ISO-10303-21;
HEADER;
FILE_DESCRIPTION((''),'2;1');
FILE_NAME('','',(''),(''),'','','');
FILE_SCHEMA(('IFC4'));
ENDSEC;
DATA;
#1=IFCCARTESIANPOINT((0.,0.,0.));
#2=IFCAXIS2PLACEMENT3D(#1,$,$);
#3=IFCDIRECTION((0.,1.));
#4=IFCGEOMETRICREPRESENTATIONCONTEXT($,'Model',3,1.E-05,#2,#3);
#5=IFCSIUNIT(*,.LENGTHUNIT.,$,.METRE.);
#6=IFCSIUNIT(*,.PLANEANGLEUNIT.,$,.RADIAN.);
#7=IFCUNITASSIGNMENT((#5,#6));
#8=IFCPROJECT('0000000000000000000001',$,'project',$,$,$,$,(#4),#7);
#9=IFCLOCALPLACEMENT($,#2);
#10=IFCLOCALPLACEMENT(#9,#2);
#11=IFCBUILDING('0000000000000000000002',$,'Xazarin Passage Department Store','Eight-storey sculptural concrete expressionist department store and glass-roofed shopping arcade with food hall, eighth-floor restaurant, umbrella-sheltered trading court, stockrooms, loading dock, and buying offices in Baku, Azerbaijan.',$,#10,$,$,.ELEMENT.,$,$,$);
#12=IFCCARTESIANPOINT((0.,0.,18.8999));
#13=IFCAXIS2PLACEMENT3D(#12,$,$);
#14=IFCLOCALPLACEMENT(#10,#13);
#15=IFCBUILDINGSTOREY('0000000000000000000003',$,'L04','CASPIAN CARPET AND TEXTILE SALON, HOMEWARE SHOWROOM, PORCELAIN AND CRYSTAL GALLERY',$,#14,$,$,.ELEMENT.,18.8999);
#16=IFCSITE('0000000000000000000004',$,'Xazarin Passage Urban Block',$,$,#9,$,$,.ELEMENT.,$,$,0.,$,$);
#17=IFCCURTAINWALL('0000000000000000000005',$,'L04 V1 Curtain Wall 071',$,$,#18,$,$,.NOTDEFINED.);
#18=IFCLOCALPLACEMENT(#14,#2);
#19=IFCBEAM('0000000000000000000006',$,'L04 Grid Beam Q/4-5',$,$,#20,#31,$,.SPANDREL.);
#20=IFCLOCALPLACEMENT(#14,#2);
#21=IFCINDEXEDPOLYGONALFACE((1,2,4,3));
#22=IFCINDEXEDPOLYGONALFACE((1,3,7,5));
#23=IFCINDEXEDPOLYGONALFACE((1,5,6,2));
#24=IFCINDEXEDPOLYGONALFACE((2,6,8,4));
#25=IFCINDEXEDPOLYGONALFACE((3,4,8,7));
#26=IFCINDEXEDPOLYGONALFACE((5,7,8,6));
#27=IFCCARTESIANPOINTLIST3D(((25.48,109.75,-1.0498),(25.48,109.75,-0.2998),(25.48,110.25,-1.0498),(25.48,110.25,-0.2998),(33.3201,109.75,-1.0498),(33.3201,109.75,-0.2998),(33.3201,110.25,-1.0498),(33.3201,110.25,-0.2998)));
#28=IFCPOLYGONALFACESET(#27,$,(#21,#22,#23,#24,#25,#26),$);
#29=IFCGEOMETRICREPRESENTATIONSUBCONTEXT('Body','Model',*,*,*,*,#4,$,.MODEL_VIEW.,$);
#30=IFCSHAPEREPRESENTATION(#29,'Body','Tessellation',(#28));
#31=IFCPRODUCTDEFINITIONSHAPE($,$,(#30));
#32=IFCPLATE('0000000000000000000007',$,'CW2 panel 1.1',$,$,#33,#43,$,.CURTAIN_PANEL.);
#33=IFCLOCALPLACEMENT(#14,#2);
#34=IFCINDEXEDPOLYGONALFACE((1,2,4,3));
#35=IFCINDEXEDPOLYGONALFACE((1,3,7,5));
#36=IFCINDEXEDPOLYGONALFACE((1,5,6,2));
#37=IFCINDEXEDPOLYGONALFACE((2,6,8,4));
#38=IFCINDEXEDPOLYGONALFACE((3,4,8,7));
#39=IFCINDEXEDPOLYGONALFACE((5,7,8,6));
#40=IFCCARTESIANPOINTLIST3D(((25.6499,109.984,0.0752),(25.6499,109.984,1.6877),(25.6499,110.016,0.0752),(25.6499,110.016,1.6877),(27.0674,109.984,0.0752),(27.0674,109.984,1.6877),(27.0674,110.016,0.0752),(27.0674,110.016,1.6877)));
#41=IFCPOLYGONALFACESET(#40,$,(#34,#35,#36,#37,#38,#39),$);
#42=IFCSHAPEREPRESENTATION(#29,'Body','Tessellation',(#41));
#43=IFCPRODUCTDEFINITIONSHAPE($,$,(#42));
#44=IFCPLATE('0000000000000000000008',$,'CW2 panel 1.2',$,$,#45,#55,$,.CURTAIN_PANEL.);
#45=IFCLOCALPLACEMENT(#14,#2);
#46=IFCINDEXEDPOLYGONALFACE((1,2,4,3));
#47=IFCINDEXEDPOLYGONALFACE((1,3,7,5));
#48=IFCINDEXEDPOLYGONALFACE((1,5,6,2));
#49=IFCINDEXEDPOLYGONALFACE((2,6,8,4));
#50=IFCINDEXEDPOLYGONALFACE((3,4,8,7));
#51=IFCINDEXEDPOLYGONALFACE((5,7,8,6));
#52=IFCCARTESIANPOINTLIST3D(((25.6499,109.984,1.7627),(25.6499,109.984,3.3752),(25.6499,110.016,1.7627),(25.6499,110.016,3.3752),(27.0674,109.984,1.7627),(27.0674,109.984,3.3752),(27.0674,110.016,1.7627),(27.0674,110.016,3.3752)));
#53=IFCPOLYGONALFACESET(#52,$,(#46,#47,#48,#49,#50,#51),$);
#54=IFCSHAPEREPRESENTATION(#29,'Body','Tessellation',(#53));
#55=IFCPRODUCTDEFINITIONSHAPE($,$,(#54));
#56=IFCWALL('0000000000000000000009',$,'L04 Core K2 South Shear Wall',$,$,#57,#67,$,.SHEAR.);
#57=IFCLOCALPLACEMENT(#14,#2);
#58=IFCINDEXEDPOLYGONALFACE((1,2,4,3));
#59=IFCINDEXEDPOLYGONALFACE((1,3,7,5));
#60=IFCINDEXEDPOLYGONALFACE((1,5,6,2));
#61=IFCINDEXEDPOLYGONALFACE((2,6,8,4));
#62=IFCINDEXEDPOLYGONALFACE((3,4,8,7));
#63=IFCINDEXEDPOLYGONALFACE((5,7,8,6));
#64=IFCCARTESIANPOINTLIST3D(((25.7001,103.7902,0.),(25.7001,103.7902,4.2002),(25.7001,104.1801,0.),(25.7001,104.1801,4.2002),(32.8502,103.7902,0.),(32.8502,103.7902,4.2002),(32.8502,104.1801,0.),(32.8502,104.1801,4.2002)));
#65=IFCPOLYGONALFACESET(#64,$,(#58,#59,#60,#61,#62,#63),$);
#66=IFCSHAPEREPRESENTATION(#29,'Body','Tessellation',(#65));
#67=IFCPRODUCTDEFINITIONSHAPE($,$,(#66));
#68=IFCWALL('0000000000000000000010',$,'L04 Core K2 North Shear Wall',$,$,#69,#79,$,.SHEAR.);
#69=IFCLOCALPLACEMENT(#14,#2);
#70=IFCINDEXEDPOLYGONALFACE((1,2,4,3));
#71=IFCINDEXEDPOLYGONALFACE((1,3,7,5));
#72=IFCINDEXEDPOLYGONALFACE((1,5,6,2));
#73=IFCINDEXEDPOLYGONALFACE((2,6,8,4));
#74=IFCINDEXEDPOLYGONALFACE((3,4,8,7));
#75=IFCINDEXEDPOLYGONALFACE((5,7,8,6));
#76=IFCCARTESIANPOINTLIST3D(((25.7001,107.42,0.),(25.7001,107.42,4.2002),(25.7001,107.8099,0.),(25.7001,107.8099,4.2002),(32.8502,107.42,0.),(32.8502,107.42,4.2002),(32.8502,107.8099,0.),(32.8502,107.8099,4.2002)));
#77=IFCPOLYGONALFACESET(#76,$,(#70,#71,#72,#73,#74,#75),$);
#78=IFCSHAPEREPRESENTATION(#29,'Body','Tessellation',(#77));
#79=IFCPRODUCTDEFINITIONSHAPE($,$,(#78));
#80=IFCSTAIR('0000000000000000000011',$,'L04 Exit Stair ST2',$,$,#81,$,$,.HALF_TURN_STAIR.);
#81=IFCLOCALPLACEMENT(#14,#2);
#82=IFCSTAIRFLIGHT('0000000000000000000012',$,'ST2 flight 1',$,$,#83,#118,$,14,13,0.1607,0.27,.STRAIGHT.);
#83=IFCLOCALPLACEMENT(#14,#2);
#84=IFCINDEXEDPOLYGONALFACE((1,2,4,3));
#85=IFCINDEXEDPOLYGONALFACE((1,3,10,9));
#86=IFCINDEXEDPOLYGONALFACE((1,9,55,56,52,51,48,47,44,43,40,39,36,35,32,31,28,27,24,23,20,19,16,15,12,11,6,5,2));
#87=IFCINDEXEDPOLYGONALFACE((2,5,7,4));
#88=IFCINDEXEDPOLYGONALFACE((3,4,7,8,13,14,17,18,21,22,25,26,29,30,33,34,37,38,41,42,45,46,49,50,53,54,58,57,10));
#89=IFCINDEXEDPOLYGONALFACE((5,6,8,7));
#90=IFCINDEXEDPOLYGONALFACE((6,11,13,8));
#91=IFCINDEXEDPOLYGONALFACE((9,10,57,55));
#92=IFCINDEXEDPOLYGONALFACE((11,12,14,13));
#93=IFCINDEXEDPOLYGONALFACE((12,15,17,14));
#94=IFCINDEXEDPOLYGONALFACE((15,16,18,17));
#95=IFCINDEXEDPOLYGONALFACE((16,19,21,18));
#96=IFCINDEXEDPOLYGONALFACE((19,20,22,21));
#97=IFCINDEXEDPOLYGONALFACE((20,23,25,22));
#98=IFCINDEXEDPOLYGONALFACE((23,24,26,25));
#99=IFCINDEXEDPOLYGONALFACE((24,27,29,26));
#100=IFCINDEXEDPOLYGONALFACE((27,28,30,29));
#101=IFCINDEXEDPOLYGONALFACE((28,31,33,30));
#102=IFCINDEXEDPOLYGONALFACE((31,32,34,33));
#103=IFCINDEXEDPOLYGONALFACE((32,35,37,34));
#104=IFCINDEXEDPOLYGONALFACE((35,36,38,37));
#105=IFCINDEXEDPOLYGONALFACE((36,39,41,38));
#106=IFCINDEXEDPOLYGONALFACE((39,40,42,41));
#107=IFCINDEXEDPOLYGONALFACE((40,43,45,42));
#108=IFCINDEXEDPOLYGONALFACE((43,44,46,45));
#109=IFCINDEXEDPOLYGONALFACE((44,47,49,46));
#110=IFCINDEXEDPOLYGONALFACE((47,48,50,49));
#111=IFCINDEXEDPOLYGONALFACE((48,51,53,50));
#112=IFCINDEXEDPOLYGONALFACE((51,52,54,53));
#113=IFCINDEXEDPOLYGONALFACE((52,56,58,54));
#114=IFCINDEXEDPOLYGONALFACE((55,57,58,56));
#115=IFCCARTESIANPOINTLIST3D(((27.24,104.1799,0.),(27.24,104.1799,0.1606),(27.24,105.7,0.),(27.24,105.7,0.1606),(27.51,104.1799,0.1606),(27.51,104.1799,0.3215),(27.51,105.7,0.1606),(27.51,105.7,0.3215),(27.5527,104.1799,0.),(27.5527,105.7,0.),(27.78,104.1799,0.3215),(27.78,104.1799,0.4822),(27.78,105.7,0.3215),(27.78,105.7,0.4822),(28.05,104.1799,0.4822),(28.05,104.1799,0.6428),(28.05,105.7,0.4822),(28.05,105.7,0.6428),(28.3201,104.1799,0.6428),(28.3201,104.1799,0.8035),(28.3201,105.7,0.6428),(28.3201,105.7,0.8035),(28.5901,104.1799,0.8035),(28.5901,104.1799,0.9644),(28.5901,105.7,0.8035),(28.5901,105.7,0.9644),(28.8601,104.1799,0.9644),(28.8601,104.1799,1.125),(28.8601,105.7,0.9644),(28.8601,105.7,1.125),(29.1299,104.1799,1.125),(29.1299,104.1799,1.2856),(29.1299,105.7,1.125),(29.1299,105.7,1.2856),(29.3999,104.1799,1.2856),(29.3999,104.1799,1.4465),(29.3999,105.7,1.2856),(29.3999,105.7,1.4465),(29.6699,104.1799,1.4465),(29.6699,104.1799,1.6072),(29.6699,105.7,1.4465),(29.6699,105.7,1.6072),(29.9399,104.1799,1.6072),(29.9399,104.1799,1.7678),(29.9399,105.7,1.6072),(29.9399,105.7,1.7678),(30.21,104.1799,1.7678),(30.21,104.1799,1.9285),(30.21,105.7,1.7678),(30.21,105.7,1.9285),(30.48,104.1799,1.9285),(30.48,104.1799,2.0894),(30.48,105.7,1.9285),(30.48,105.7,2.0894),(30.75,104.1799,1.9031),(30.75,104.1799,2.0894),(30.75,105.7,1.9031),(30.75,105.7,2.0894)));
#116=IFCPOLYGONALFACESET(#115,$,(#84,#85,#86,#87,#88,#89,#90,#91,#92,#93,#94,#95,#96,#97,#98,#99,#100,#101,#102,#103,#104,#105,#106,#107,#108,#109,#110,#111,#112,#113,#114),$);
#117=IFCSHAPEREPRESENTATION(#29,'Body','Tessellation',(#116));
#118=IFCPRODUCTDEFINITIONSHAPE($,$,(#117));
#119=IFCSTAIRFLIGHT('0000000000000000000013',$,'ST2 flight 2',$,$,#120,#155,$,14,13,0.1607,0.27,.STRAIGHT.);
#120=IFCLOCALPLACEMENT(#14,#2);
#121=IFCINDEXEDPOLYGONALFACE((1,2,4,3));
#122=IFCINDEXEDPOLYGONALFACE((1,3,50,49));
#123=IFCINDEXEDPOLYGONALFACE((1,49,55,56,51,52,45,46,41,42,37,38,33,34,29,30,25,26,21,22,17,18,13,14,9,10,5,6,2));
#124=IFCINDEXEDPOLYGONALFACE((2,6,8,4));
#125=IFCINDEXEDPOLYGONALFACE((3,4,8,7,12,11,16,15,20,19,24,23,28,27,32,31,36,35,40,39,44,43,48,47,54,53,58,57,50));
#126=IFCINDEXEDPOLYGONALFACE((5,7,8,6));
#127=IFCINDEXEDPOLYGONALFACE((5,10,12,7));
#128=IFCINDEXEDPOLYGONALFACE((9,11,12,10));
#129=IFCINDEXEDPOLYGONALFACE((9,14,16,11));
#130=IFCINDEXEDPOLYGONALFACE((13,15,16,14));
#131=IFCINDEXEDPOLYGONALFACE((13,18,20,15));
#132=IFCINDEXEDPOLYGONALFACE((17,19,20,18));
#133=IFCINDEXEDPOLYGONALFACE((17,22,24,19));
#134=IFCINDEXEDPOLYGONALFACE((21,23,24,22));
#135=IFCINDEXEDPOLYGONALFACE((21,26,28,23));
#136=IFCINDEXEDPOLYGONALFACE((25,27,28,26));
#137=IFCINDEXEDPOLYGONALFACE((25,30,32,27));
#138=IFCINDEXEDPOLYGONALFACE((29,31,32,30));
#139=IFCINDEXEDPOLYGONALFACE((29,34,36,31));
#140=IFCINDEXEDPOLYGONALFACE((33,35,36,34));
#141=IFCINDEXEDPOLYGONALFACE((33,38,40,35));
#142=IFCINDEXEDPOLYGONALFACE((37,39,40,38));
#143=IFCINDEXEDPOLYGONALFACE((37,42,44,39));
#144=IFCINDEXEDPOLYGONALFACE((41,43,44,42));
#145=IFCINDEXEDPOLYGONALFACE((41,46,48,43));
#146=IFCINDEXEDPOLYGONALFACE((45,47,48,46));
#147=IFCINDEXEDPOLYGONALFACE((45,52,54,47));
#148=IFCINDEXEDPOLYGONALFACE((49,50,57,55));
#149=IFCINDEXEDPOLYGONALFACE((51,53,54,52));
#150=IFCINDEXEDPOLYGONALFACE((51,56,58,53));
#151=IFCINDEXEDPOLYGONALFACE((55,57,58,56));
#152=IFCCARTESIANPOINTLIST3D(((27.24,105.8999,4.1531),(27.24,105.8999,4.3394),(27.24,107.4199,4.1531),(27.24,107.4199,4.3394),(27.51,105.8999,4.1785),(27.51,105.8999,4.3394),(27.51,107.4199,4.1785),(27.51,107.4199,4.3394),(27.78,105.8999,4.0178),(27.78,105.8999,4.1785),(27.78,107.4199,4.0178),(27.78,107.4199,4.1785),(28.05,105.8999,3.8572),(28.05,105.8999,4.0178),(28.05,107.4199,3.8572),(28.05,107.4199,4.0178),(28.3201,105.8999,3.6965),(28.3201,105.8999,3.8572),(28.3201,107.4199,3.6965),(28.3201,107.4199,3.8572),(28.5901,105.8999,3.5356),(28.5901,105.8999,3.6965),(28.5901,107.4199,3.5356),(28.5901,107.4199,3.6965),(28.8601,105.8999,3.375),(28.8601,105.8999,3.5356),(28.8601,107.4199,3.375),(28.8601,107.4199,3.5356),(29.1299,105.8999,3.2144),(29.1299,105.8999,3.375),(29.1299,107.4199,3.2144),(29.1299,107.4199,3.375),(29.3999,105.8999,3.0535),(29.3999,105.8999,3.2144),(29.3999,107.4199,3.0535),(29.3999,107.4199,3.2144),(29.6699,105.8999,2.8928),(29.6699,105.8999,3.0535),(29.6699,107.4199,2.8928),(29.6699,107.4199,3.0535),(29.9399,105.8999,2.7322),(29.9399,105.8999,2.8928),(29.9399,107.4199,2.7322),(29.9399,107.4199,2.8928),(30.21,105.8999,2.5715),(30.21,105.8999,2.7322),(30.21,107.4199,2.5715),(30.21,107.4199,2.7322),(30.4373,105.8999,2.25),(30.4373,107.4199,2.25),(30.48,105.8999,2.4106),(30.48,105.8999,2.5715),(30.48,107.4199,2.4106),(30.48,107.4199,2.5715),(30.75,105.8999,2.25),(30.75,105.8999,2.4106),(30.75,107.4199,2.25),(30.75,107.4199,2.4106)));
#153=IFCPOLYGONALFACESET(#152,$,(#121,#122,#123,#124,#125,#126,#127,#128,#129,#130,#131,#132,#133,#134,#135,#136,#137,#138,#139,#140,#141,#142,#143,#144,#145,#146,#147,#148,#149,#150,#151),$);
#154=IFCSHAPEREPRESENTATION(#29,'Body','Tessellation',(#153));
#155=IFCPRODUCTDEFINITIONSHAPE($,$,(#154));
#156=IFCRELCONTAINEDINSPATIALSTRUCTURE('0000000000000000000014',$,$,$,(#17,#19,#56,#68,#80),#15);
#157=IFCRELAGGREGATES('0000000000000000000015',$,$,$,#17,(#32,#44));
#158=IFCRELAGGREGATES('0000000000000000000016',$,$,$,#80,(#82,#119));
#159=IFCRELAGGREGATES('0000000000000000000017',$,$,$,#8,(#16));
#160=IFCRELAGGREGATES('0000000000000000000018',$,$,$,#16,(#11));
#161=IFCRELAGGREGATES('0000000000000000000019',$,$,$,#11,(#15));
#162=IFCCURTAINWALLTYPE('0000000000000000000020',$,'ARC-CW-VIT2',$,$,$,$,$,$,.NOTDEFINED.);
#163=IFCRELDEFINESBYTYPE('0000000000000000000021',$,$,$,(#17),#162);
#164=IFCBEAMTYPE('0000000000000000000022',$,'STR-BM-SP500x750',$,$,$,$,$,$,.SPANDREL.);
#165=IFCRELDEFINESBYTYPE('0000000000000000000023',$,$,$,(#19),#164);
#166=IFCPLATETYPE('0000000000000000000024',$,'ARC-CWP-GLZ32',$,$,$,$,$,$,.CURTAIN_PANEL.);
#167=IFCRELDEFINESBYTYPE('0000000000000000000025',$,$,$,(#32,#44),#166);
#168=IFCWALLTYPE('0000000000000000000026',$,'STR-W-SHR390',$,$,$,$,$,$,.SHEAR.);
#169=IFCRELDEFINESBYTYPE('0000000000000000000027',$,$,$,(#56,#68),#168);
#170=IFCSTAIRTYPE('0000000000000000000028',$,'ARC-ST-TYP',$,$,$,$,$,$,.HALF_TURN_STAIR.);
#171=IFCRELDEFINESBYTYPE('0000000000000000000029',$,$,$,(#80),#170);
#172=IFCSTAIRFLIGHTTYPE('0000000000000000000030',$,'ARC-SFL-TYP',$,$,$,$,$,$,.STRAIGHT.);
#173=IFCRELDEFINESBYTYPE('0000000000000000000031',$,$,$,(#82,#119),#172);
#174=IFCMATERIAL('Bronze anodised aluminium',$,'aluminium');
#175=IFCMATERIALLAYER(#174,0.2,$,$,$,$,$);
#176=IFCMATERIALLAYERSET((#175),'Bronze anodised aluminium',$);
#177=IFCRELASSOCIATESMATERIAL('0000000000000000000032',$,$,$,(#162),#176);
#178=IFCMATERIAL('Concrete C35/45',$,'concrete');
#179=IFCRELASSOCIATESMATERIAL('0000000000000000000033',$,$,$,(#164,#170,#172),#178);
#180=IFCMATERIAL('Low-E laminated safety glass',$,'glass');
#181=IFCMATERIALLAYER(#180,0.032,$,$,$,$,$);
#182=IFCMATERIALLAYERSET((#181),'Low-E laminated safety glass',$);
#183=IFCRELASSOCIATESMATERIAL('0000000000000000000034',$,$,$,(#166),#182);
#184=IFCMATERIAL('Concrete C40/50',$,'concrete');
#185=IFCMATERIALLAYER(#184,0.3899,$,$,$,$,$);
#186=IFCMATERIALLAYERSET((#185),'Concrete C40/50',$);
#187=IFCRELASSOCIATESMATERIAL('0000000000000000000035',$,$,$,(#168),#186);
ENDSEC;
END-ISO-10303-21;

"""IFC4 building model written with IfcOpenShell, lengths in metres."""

from ifc_helpers import new_model, si_unit, direction, frame, frame_2d, origin, origin_2d, place, context, subcontext, project, spatial, polyline, rectangle, outline, extrude, material, layer, layer_set, material_profile, profile_set, type_object, element, aggregate, save


model = new_model("IFC4")

# Units and contexts
model_context = context("Model", 3, precision=1e-05, world=origin(), true_north=direction((0.0, 1.0)))
body_context = subcontext(model_context, "Body", "Model", "MODEL_VIEW")
ifc_project = project(units=[si_unit("LENGTHUNIT", "METRE"), si_unit("PLANEANGLEUNIT", "RADIAN")], contexts=[model_context])

# Site, building, storey
site_placement = place(None, origin())
site = spatial("IfcSite", under=ifc_project, at=site_placement, Name="Xazarin Passage Urban Block", CompositionType="ELEMENT", RefElevation=0.0)
building_placement = place(site_placement, origin())
building = spatial("IfcBuilding", under=site, at=building_placement, Name="Xazarin Passage Department Store", Description="Eight-storey sculptural concrete expressionist department store and glass-roofed shopping arcade with food hall, eighth-floor restaurant, umbrella-sheltered trading court, stockrooms, loading dock, and buying offices in Baku, Azerbaijan.", CompositionType="ELEMENT")
storey_placement = place(building_placement, frame((0.0, 0.0, 18.8999)))
storey = spatial("IfcBuildingStorey", under=building, at=storey_placement, Name="L04", Description="CASPIAN CARPET AND TEXTILE SALON, HOMEWARE SHOWROOM, PORCELAIN AND CRYSTAL GALLERY", CompositionType="ELEMENT", Elevation=18.8999)

# Shared definitions
ifc_material_1 = material(Name="Concrete C40/50", Category="concrete")

# Curtain wall
ifc_material_2 = material(Name="Bronze anodised aluminium", Category="aluminium")
ifc_layer_1 = layer(ifc_material_2, 0.2)
ifc_layer_set_1 = layer_set([ifc_layer_1], Name="Bronze anodised aluminium")
curtain_wall_type = type_object("IfcCurtainWallType", Name="ARC-CW-VIT2", PredefinedType="NOTDEFINED", material=ifc_layer_set_1)
curtain_wall_placement = place(storey_placement, origin())
curtain_wall = element("IfcCurtainWall", 1, at=curtain_wall_placement, inside=storey, type_object=curtain_wall_type, Name="L04 V1 Curtain Wall 071", PredefinedType="NOTDEFINED")

# Beam
ifc_material_3 = material(Name="Concrete C35/45", Category="concrete")
ifc_material_profile_1 = material_profile(ifc_material_3, rectangle(XDim=0.5, YDim=0.75, at=origin_2d()), Name="RC 500x750")
ifc_profile_set_1 = profile_set([ifc_material_profile_1], Name="Concrete C35/45")
beam_type_1 = type_object("IfcBeamType", Name="STR-BM-SP500x750", PredefinedType="SPANDREL", material=ifc_profile_set_1)
beam_1_placement = place(storey_placement, frame((25.48, 110.0, -0.6748), z_axis=(1.0, 0.0, 0.0), x_axis=(0.0, 1.0, 0.0)))
element("IfcBeam", 2, at=beam_1_placement, inside=storey, type_object=beam_type_1, Name="L04 Grid Beam Q/4-5", PredefinedType="SPANDREL", context=body_context, shape_type="SweptSolid", body=[
    extrude(rectangle(XDim=0.5, YDim=0.75, at=origin_2d()), origin(), (0.0, 0.0, 1.0), 7.8401),
])

# Plates
ifc_material_4 = material(Name="Low-E laminated safety glass", Category="glass")
ifc_layer_2 = layer(ifc_material_4, 0.032)
ifc_layer_set_2 = layer_set([ifc_layer_2], Name="Low-E laminated safety glass")
plate_type = type_object("IfcPlateType", Name="ARC-CWP-GLZ32", PredefinedType="CURTAIN_PANEL", material=ifc_layer_set_2)
plate_1_placement = place(storey_placement, frame((26.3586, 110.0, 0.0752), z_axis=(0.0, 0.0, 1.0), x_axis=(1.0, 0.0, 0.0)))
plate_1 = element("IfcPlate", 3, at=plate_1_placement, type_object=plate_type, Name="CW2 panel 1.1", PredefinedType="CURTAIN_PANEL", context=body_context, shape_type="SweptSolid", body=[
    extrude(rectangle(XDim=1.4175, YDim=0.032, at=origin_2d()), origin(), (0.0, 0.0, 1.0), 1.6125),
])
plate_2_placement = place(storey_placement, frame((26.3586, 110.0, 1.7627), z_axis=(0.0, 0.0, 1.0), x_axis=(1.0, 0.0, 0.0)))
plate_2 = element("IfcPlate", 4, at=plate_2_placement, type_object=plate_type, Name="CW2 panel 1.2", PredefinedType="CURTAIN_PANEL", context=body_context, shape_type="SweptSolid", body=[
    extrude(rectangle(XDim=1.4175, YDim=0.032, at=origin_2d()), origin(), (0.0, 0.0, 1.0), 1.6125),
])
aggregate(curtain_wall, [plate_1, plate_2])

# Shared definitions
ifc_layer_3 = layer(ifc_material_1, 0.3899)
ifc_layer_set_3 = layer_set([ifc_layer_3], Name="Concrete C40/50")
wall_type = type_object("IfcWallType", Name="STR-W-SHR390", PredefinedType="SHEAR", material=ifc_layer_set_3)

# Walls
for number, where, z_axis, x_axis, name in (
    (5, (25.7, 103.9851, 0.0), (0.0, 0.0, 1.0), (1.0, 0.0, 0.0), "L04 Core K2 South Shear Wall"),
    (6, (25.7, 107.615, 0.0), (0.0, 0.0, 1.0), (1.0, 0.0, 0.0), "L04 Core K2 North Shear Wall"),
):
    element("IfcWall", number, at=place(storey_placement, frame(where, z_axis=z_axis, x_axis=x_axis)), inside=storey, type_object=wall_type, Name=name, PredefinedType="SHEAR", context=body_context, shape_type="SweptSolid", body=[
        extrude(rectangle(XDim=7.1501, YDim=0.3899, at=frame_2d((3.5752, 0.0))), origin(), (0.0, 0.0, 1.0), 4.2002),
    ])

# Stair, stair flights
stair_type = type_object("IfcStairType", Name="ARC-ST-TYP", PredefinedType="HALF_TURN_STAIR", material=ifc_material_3)
stair_placement = place(storey_placement, origin())
stair = element("IfcStair", 7, at=stair_placement, inside=storey, type_object=stair_type, Name="L04 Exit Stair ST2", PredefinedType="HALF_TURN_STAIR")
stair_flight_type = type_object("IfcStairFlightType", Name="ARC-SFL-TYP", PredefinedType="STRAIGHT", material=ifc_material_3)
stair_flight_1_placement = place(storey_placement, frame((27.24, 104.9399, 0.0), z_axis=(0.0, 0.0, 1.0), x_axis=(1.0, 0.0, 0.0)))
stair_flight_1 = element("IfcStairFlight", 8, at=stair_flight_1_placement, type_object=stair_flight_type, Name="ST2 flight 1", NumberOfRisers=14, NumberOfTreads=13, PredefinedType="STRAIGHT", RiserHeight=0.1607, TreadLength=0.27, context=body_context, shape_type="SweptSolid", body=[
    extrude(outline(polyline([(0.0, 0.0), (0.0, 0.1606), (0.27, 0.1606), (0.27, 0.3215), (0.54, 0.3215), (0.54, 0.4822), (0.8101, 0.4822), (0.8101, 0.6428), (1.0801, 0.6428), (1.0801, 0.8035), (1.3501, 0.8035), (1.3501, 0.9644), (1.6201, 0.9644), (1.6201, 1.125), (1.8899, 1.125), (1.8899, 1.2856), (2.1599, 1.2856), (2.1599, 1.4465), (2.4299, 1.4465), (2.4299, 1.6072), (2.7, 1.6072), (2.7, 1.7678), (2.97, 1.7678), (2.97, 1.9285), (3.24, 1.9285), (3.24, 2.0894), (3.51, 2.0894), (3.51, 2.25), (3.51, 1.9031), (0.3127, 0.0), (0.0, 0.0)])), frame((0.0, 0.76, 0.0), z_axis=(0.0, -1.0, 0.0), x_axis=(1.0, 0.0, 0.0)), (0.0, 0.0, 1.0), 1.52),
])
stair_flight_2_placement = place(storey_placement, frame((30.75, 106.6599, 2.25), z_axis=(0.0, 0.0, 1.0), x_axis=(-1.0, 0.0, 0.0)))
stair_flight_2 = element("IfcStairFlight", 9, at=stair_flight_2_placement, type_object=stair_flight_type, Name="ST2 flight 2", NumberOfRisers=14, NumberOfTreads=13, PredefinedType="STRAIGHT", RiserHeight=0.1607, TreadLength=0.27, context=body_context, shape_type="SweptSolid", body=[
    extrude(outline(polyline([(0.0, 0.0), (0.0, 0.1606), (0.27, 0.1606), (0.27, 0.3215), (0.54, 0.3215), (0.54, 0.4822), (0.8101, 0.4822), (0.8101, 0.6428), (1.0801, 0.6428), (1.0801, 0.8035), (1.3501, 0.8035), (1.3501, 0.9644), (1.6201, 0.9644), (1.6201, 1.125), (1.8899, 1.125), (1.8899, 1.2856), (2.1599, 1.2856), (2.1599, 1.4465), (2.4299, 1.4465), (2.4299, 1.6072), (2.7, 1.6072), (2.7, 1.7678), (2.97, 1.7678), (2.97, 1.9285), (3.24, 1.9285), (3.24, 2.0894), (3.51, 2.0894), (3.51, 2.25), (3.51, 1.9031), (0.3127, 0.0), (0.0, 0.0)])), frame((0.0, 0.76, 0.0), z_axis=(0.0, -1.0, 0.0), x_axis=(1.0, 0.0, 0.0)), (0.0, 0.0, 1.0), 1.52),
])
aggregate(stair, [stair_flight_1, stair_flight_2])

save(model, "model.ifc")
